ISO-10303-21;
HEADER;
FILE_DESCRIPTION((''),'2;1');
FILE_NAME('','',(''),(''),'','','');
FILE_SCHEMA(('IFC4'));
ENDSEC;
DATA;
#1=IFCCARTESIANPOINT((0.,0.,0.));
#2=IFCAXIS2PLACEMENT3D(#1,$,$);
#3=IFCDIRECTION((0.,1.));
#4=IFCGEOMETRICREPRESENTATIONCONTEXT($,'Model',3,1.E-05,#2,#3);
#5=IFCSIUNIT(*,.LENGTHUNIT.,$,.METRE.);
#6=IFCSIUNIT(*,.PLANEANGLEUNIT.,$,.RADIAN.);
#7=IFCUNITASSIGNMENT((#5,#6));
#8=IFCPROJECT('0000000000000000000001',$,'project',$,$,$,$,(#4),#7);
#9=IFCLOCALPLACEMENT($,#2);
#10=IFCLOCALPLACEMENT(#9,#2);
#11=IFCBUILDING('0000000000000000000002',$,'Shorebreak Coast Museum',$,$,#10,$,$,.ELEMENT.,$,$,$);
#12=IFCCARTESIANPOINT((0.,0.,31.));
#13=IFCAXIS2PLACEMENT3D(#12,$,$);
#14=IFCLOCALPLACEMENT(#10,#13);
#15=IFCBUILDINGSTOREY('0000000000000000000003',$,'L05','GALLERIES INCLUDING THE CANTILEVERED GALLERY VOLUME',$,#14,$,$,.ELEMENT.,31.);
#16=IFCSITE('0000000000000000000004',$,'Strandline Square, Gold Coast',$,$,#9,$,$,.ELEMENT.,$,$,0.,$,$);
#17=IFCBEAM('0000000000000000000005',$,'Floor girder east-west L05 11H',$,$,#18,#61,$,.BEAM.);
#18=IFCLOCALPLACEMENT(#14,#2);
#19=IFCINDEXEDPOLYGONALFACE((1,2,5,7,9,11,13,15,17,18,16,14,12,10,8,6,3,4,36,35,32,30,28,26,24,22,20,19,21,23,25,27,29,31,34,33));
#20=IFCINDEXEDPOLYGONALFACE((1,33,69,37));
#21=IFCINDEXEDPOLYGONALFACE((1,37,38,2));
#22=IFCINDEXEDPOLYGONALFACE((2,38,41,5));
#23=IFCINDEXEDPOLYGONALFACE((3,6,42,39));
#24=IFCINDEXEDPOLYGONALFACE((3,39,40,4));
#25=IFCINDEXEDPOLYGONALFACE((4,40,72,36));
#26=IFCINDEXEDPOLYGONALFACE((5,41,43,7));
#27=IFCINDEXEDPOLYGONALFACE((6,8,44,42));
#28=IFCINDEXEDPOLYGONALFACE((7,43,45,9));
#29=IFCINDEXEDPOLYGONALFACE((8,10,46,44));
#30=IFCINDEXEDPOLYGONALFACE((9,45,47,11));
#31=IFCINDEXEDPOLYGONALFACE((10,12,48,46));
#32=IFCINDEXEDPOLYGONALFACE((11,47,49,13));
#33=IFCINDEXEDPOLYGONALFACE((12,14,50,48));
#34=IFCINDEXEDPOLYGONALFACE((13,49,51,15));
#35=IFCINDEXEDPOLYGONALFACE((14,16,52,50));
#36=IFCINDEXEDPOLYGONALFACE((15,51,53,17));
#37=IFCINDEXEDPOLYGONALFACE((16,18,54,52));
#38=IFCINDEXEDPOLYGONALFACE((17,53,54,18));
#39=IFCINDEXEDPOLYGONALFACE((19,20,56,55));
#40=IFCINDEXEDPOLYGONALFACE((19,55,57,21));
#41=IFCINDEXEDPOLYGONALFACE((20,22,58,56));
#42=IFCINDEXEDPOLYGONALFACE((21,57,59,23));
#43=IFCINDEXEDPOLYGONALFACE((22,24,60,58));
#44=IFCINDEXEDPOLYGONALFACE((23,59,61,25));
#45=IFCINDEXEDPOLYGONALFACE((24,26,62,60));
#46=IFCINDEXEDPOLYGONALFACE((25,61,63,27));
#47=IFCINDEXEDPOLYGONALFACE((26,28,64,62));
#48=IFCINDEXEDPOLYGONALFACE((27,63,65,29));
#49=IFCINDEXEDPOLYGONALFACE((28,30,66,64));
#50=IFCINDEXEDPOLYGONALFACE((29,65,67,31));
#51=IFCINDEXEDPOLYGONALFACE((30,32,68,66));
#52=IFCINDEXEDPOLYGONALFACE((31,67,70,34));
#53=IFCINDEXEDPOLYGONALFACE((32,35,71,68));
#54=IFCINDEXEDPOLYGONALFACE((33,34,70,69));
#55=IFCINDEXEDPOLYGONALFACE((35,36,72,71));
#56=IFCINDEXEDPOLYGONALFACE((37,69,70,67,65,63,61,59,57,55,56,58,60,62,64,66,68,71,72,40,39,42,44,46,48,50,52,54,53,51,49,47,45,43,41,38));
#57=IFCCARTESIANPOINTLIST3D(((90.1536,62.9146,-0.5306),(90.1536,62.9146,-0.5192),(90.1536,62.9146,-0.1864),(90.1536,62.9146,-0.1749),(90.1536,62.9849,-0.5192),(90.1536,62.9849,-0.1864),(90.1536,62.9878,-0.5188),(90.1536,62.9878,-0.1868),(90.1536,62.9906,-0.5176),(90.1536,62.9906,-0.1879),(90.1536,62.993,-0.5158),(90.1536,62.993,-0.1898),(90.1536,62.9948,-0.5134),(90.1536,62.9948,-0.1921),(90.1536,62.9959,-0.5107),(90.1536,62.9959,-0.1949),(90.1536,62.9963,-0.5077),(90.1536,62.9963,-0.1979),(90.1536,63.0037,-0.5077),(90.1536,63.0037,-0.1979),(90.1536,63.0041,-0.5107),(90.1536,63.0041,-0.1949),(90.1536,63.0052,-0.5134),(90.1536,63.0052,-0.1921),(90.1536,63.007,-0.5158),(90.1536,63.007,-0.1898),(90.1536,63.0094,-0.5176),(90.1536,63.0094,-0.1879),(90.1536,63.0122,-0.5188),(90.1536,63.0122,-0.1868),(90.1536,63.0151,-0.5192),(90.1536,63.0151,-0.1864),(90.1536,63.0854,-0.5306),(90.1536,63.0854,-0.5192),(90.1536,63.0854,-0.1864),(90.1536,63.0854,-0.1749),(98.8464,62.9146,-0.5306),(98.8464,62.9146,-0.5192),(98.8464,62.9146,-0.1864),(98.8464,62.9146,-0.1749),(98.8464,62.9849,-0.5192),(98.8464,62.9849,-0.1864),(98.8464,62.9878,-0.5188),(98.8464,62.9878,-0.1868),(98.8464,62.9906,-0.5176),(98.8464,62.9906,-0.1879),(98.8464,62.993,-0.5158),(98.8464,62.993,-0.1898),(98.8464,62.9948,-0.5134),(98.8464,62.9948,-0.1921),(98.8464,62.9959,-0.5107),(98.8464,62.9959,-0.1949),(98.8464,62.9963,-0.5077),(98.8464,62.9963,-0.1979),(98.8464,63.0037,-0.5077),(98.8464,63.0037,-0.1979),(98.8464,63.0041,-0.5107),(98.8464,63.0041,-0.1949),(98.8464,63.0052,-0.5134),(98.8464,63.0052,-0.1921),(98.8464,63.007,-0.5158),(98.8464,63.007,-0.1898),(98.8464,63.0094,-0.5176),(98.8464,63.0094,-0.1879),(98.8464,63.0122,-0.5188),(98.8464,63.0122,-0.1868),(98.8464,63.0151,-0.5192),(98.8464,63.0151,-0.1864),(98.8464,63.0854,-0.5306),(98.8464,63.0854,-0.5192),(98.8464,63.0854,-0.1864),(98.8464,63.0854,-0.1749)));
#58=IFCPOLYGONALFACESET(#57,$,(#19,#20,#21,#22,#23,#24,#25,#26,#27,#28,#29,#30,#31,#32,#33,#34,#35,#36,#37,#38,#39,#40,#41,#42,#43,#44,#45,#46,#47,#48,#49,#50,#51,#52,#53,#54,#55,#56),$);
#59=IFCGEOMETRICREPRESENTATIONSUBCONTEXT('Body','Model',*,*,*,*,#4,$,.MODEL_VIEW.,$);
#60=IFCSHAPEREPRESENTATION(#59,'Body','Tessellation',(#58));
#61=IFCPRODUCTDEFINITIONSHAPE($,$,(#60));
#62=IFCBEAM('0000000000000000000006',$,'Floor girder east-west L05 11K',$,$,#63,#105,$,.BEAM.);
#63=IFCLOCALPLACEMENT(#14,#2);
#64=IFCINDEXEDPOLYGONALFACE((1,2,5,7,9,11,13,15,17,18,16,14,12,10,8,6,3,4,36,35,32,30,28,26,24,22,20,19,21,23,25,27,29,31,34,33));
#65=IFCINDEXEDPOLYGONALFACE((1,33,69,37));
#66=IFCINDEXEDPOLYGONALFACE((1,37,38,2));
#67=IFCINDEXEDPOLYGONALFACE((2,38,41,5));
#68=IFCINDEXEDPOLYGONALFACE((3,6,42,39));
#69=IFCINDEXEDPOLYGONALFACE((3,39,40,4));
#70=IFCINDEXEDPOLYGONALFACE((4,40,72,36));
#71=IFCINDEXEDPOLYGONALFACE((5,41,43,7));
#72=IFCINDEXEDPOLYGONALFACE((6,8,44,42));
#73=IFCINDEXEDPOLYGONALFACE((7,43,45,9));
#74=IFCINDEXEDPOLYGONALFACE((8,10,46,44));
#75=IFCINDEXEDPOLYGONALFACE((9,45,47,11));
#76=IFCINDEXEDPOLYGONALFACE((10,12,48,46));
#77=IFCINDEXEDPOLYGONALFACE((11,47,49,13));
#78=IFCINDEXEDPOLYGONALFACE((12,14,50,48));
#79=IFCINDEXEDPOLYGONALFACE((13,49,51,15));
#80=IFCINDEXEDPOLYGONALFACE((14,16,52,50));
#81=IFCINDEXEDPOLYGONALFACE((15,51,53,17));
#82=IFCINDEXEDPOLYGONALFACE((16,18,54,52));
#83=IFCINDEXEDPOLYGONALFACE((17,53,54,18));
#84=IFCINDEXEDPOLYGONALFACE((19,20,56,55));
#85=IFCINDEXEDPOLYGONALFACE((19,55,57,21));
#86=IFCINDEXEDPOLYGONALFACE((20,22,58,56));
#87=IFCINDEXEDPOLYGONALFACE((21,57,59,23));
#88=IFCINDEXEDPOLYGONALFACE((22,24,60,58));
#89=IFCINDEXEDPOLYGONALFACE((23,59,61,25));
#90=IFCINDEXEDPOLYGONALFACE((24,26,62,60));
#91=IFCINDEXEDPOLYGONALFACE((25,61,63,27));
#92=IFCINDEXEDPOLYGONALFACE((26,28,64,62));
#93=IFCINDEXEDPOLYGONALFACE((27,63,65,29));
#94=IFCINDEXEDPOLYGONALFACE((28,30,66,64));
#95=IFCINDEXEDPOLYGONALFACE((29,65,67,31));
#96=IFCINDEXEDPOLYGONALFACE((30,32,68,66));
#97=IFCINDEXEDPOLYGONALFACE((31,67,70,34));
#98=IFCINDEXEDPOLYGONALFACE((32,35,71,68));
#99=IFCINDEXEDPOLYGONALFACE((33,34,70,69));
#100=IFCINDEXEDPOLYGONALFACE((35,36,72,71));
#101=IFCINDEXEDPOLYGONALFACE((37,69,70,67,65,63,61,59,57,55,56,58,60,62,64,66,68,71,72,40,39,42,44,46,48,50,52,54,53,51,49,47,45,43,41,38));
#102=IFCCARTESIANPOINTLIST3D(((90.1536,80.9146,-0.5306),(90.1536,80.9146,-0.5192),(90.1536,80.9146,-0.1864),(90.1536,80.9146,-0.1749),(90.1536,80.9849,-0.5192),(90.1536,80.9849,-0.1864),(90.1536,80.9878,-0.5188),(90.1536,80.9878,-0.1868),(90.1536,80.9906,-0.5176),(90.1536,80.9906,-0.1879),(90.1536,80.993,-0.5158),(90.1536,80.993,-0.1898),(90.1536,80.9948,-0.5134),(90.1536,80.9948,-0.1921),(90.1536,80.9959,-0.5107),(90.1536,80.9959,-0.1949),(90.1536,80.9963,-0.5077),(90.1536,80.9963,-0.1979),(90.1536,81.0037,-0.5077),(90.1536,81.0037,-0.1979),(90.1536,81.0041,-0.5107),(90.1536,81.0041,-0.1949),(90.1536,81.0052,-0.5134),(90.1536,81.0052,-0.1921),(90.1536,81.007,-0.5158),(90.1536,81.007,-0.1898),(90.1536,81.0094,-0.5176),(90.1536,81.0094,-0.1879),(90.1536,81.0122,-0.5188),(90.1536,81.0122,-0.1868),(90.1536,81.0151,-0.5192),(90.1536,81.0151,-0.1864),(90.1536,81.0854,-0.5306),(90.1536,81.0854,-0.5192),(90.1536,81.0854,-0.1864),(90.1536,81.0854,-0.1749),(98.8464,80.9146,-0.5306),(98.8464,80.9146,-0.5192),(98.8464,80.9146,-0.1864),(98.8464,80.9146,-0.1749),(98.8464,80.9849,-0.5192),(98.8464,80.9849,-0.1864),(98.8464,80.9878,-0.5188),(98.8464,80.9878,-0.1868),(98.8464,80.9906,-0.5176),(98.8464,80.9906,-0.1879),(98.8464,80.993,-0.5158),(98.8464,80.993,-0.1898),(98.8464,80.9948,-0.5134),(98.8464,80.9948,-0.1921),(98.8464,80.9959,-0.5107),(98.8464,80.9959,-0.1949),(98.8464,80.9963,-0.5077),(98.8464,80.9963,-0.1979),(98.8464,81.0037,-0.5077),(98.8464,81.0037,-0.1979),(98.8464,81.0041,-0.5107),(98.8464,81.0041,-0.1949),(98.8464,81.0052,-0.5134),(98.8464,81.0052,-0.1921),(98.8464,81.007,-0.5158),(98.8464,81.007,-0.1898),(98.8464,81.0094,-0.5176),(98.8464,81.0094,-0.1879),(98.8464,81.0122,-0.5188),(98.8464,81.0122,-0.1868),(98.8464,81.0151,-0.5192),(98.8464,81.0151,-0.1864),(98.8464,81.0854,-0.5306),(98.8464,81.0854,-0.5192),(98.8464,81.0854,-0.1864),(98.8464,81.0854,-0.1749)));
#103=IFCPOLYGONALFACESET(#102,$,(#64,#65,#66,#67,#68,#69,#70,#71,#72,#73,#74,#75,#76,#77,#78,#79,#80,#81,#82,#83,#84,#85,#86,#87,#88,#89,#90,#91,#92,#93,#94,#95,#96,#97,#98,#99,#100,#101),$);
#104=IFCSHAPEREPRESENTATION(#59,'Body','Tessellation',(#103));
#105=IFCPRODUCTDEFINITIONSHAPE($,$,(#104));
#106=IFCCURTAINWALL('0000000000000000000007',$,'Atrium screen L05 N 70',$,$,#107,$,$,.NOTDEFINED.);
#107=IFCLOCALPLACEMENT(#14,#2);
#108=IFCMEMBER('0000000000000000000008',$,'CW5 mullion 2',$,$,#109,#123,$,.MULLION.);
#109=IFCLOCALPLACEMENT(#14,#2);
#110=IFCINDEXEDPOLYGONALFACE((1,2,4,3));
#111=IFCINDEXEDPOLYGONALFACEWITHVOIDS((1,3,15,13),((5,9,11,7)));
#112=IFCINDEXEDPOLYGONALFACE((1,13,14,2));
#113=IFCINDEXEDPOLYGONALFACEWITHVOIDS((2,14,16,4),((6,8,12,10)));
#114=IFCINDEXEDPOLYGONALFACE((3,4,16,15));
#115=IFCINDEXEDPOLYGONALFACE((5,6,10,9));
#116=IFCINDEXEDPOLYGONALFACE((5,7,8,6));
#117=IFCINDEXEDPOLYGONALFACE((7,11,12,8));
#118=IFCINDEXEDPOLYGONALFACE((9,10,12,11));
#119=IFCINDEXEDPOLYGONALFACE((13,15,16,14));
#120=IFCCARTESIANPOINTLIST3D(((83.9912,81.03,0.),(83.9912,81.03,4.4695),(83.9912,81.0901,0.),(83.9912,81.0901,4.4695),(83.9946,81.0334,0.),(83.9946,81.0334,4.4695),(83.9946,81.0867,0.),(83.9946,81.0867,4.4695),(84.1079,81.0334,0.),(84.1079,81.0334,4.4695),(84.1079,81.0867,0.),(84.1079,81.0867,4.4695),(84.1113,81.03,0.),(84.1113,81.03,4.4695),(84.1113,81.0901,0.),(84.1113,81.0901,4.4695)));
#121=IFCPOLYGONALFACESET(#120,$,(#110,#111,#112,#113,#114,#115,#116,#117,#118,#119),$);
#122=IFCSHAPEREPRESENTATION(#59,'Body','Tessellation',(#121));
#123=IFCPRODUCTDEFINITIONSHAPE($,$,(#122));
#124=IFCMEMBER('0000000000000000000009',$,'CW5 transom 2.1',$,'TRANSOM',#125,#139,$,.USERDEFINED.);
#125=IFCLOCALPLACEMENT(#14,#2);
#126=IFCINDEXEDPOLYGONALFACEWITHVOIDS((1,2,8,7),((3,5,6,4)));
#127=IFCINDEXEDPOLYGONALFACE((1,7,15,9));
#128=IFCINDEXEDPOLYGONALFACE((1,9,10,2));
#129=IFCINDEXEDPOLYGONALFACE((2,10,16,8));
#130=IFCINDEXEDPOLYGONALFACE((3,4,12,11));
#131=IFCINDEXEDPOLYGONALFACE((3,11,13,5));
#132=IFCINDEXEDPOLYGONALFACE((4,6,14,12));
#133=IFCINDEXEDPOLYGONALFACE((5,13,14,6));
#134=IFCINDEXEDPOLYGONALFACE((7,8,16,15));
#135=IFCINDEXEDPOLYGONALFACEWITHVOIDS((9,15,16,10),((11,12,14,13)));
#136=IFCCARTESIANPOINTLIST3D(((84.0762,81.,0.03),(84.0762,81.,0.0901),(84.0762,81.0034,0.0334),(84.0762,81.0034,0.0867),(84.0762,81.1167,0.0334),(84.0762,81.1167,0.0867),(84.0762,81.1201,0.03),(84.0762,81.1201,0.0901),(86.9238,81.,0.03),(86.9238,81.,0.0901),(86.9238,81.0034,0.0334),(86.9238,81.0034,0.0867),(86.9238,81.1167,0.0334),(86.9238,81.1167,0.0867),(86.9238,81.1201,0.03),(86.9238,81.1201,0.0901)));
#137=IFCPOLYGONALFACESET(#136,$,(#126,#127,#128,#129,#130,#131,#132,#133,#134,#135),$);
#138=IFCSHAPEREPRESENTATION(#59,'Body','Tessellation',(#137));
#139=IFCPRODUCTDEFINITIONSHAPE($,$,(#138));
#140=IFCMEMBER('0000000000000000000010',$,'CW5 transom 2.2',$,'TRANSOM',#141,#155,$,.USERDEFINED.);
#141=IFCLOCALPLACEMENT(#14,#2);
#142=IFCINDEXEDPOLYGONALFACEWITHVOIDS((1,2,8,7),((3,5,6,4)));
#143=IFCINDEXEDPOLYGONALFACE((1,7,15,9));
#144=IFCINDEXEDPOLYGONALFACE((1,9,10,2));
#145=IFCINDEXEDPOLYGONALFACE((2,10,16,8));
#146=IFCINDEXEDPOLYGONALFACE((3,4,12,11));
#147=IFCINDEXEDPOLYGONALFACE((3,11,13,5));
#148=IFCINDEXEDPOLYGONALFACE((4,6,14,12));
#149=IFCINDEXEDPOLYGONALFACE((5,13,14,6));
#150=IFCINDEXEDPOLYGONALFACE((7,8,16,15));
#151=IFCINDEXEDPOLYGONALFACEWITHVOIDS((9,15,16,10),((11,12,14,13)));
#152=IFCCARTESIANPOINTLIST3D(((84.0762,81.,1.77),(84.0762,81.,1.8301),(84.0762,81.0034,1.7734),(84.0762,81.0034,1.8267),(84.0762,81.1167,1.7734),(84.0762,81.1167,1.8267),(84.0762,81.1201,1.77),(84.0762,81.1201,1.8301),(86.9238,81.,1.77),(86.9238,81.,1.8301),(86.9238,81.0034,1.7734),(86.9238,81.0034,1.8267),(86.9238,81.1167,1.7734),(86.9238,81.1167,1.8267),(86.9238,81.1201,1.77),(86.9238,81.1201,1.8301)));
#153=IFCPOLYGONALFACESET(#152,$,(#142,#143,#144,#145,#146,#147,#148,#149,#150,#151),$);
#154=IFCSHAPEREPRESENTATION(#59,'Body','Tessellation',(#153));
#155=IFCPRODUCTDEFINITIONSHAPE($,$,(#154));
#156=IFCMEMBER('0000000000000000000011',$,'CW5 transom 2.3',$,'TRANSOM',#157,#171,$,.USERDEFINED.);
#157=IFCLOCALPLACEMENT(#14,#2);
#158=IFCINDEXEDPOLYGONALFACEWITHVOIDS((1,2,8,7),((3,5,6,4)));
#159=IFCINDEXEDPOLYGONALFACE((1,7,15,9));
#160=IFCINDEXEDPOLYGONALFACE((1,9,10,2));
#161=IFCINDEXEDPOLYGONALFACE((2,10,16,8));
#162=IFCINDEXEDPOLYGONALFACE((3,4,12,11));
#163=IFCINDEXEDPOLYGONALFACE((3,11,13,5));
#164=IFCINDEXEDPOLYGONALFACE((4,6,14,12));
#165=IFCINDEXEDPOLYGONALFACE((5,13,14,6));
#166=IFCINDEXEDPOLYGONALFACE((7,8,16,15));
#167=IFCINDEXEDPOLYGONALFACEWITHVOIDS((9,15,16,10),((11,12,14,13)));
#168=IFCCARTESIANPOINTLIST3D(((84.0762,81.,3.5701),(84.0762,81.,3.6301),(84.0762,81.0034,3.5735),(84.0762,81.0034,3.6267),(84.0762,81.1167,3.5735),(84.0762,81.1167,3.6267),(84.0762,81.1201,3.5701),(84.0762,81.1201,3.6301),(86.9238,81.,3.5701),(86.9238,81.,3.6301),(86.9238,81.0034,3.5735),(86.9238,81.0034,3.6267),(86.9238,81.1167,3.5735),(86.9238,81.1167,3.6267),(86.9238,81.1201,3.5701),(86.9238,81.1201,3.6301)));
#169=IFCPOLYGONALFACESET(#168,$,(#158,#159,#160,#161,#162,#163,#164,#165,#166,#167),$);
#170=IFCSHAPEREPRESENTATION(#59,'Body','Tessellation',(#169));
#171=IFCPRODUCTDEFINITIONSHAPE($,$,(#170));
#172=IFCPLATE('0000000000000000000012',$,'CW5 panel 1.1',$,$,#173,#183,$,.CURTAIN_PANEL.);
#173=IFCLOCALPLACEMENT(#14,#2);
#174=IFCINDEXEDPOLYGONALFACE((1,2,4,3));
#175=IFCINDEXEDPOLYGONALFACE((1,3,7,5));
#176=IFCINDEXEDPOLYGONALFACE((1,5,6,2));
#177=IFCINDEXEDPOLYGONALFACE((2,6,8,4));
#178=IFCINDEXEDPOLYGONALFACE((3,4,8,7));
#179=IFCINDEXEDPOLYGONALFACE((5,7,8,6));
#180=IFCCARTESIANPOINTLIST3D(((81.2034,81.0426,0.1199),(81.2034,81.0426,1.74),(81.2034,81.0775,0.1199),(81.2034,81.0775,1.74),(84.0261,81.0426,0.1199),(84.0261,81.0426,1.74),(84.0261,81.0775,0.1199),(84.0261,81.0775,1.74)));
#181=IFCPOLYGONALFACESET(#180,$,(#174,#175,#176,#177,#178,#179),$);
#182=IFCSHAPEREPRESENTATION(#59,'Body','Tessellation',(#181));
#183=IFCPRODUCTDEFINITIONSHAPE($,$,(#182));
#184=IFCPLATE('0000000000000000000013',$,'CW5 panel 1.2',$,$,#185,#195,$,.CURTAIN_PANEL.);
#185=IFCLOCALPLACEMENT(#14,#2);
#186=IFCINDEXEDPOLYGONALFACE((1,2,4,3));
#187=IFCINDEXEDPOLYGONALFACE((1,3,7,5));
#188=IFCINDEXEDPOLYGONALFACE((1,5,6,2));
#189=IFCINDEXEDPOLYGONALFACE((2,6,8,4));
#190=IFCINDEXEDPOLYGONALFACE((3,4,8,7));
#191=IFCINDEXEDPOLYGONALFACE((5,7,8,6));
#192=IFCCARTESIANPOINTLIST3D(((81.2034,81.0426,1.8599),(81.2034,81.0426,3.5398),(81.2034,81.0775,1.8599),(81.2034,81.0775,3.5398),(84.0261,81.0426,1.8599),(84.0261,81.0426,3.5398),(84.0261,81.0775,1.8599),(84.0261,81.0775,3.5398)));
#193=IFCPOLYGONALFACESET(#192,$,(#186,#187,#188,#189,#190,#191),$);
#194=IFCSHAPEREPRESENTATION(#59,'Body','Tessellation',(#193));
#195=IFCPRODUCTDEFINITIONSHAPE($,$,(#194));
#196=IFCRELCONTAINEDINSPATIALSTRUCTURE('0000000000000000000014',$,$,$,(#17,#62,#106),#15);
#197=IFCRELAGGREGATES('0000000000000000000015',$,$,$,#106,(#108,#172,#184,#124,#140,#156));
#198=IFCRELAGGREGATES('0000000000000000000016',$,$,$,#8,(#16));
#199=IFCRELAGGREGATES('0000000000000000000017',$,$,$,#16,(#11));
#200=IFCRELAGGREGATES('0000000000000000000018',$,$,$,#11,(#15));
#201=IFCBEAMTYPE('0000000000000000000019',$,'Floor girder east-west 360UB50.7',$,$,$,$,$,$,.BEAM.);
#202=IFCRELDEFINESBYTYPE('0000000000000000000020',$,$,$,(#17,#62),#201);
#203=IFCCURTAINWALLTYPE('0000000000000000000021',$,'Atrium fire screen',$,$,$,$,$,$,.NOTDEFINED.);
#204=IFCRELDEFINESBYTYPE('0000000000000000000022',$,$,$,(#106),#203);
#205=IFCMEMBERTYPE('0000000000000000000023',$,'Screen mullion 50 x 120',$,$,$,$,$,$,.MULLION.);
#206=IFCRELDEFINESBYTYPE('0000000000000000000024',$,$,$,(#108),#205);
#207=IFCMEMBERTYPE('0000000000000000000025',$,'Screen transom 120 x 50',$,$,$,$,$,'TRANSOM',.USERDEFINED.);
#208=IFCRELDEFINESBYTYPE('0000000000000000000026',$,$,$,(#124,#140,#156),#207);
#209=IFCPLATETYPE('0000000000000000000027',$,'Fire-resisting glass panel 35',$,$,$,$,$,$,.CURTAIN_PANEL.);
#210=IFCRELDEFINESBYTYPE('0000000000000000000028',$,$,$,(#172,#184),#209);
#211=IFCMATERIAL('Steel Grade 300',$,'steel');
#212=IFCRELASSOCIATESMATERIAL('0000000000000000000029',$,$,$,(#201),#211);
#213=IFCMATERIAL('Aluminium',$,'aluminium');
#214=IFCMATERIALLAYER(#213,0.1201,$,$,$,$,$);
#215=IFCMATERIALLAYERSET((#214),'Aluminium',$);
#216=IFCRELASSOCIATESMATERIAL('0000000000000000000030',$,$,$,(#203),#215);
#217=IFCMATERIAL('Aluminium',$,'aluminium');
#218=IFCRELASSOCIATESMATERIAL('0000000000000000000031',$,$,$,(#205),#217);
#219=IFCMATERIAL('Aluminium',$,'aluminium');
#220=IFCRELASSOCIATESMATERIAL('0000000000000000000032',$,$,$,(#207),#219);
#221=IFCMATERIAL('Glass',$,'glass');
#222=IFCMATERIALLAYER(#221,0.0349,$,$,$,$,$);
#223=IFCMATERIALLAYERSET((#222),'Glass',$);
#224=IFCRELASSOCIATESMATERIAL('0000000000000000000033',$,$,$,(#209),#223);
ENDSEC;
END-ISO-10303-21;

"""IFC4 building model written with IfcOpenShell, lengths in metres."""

from ifc_helpers import new_model, si_unit, direction, frame, origin, origin_2d, place, context, subcontext, project, spatial, rectangle, hollow_rectangle, i_section, extrude, material, layer, layer_set, material_profile, profile_set, type_object, element, aggregate, save


model = new_model("IFC4")

# Units and contexts
model_context = context("Model", 3, precision=1e-05, world=origin(), true_north=direction((0.0, 1.0)))
body_context = subcontext(model_context, "Body", "Model", "MODEL_VIEW")
ifc_project = project(units=[si_unit("LENGTHUNIT", "METRE"), si_unit("PLANEANGLEUNIT", "RADIAN")], contexts=[model_context])

# Site, building, storey
site_placement = place(None, origin())
site = spatial("IfcSite", under=ifc_project, at=site_placement, Name="Strandline Square, Gold Coast", CompositionType="ELEMENT", RefElevation=0.0)
building_placement = place(site_placement, origin())
building = spatial("IfcBuilding", under=site, at=building_placement, Name="Shorebreak Coast Museum", CompositionType="ELEMENT")
storey_placement = place(building_placement, frame((0.0, 0.0, 31.0)))
storey = spatial("IfcBuildingStorey", under=building, at=storey_placement, Name="L05", Description="GALLERIES INCLUDING THE CANTILEVERED GALLERY VOLUME", CompositionType="ELEMENT", Elevation=31.0)

# Beams
ifc_material_1 = material(Name="Steel Grade 300", Category="steel")
ifc_material_profile_1 = material_profile(ifc_material_1, i_section(OverallWidth=0.1709, OverallDepth=0.3557, WebThickness=0.0073, FlangeThickness=0.0115, FilletRadius=0.0115, at=origin_2d()), Name="360UB50.7")
ifc_profile_set_1 = profile_set([ifc_material_profile_1], Name="Steel Grade 300")
beam_type_1 = type_object("IfcBeamType", Name="Floor girder east-west 360UB50.7", PredefinedType="BEAM", material=ifc_profile_set_1)
for number, where, z_axis, x_axis, name in (
    (1, (90.1536, 63.0, -0.3528), (1.0, 0.0, 0.0), (0.0, 1.0, 0.0), "Floor girder east-west L05 11H"),
    (2, (90.1536, 81.0, -0.3528), (1.0, 0.0, 0.0), (0.0, 1.0, 0.0), "Floor girder east-west L05 11K"),
):
    element("IfcBeam", number, at=place(storey_placement, frame(where, z_axis=z_axis, x_axis=x_axis)), inside=storey, type_object=beam_type_1, Name=name, PredefinedType="BEAM", context=body_context, shape_type="SweptSolid", body=[
        extrude(i_section(OverallWidth=0.1709, OverallDepth=0.3557, WebThickness=0.0073, FlangeThickness=0.0115, FilletRadius=0.0115, at=origin_2d()), origin(), (0.0, 0.0, 1.0), 8.6929),
    ])

# Curtain wall, members, plates
ifc_material_2 = material(Name="Aluminium", Category="aluminium")
ifc_layer_1 = layer(ifc_material_2, 0.1201)
ifc_layer_set_1 = layer_set([ifc_layer_1], Name="Aluminium")
curtain_wall_type = type_object("IfcCurtainWallType", Name="Atrium fire screen", PredefinedType="NOTDEFINED", material=ifc_layer_set_1)
curtain_wall_placement = place(storey_placement, origin())
curtain_wall = element("IfcCurtainWall", 3, at=curtain_wall_placement, inside=storey, type_object=curtain_wall_type, Name="Atrium screen L05 N 70", PredefinedType="NOTDEFINED")
ifc_material_3 = material(Name="Aluminium", Category="aluminium")
ifc_material_profile_2 = material_profile(ifc_material_3, hollow_rectangle(XDim=0.0601, YDim=0.1201, WallThickness=0.0034, at=origin_2d()), Name="AL 120x60 RHS")
ifc_profile_set_2 = profile_set([ifc_material_profile_2], Name="Aluminium")
member_type_1 = type_object("IfcMemberType", Name="Screen mullion 50 x 120", PredefinedType="MULLION", material=ifc_profile_set_2)
member_1_placement = place(storey_placement, frame((84.0513, 81.0601, 0.0), z_axis=(0.0, 0.0, 1.0), x_axis=(0.0, 1.0, 0.0)))
member_1 = element("IfcMember", 4, at=member_1_placement, type_object=member_type_1, Name="CW5 mullion 2", PredefinedType="MULLION", context=body_context, shape_type="SweptSolid", body=[
    extrude(hollow_rectangle(XDim=0.0601, YDim=0.1201, WallThickness=0.0034, at=origin_2d()), origin(), (0.0, 0.0, 1.0), 4.4695),
])
ifc_material_4 = material(Name="Aluminium", Category="aluminium")
ifc_material_profile_3 = material_profile(ifc_material_4, hollow_rectangle(XDim=0.1201, YDim=0.0601, WallThickness=0.0034, at=origin_2d()), Name="AL 60x120 RHS")
ifc_profile_set_3 = profile_set([ifc_material_profile_3], Name="Aluminium")
member_type_2 = type_object("IfcMemberType", Name="Screen transom 120 x 50", ElementType="TRANSOM", PredefinedType="USERDEFINED", material=ifc_profile_set_3)
member_2_placement = place(storey_placement, frame((84.0762, 81.0601, 0.0601), z_axis=(1.0, 0.0, 0.0), x_axis=(0.0, 1.0, 0.0)))
member_2 = element("IfcMember", 5, at=member_2_placement, type_object=member_type_2, Name="CW5 transom 2.1", ObjectType="TRANSOM", PredefinedType="USERDEFINED", context=body_context, shape_type="SweptSolid", body=[
    extrude(hollow_rectangle(XDim=0.1201, YDim=0.0601, WallThickness=0.0034, at=origin_2d()), origin(), (0.0, 0.0, 1.0), 2.8477),
])
member_3_placement = place(storey_placement, frame((84.0762, 81.0601, 1.8), z_axis=(1.0, 0.0, 0.0), x_axis=(0.0, 1.0, 0.0)))
member_3 = element("IfcMember", 6, at=member_3_placement, type_object=member_type_2, Name="CW5 transom 2.2", ObjectType="TRANSOM", PredefinedType="USERDEFINED", context=body_context, shape_type="SweptSolid", body=[
    extrude(hollow_rectangle(XDim=0.1201, YDim=0.0601, WallThickness=0.0034, at=origin_2d()), origin(), (0.0, 0.0, 1.0), 2.8477),
])
member_4_placement = place(storey_placement, frame((84.0762, 81.0601, 3.6001), z_axis=(1.0, 0.0, 0.0), x_axis=(0.0, 1.0, 0.0)))
member_4 = element("IfcMember", 7, at=member_4_placement, type_object=member_type_2, Name="CW5 transom 2.3", ObjectType="TRANSOM", PredefinedType="USERDEFINED", context=body_context, shape_type="SweptSolid", body=[
    extrude(hollow_rectangle(XDim=0.1201, YDim=0.0601, WallThickness=0.0034, at=origin_2d()), origin(), (0.0, 0.0, 1.0), 2.8477),
])
ifc_material_5 = material(Name="Glass", Category="glass")
ifc_layer_2 = layer(ifc_material_5, 0.0349)
ifc_layer_set_2 = layer_set([ifc_layer_2], Name="Glass")
plate_type = type_object("IfcPlateType", Name="Fire-resisting glass panel 35", PredefinedType="CURTAIN_PANEL", material=ifc_layer_set_2)
plate_1_placement = place(storey_placement, frame((82.6147, 81.0601, 0.1199), z_axis=(0.0, 0.0, 1.0), x_axis=(1.0, 0.0, 0.0)))
plate_1 = element("IfcPlate", 8, at=plate_1_placement, type_object=plate_type, Name="CW5 panel 1.1", PredefinedType="CURTAIN_PANEL", context=body_context, shape_type="SweptSolid", body=[
    extrude(rectangle(XDim=2.8228, YDim=0.0349, at=origin_2d()), origin(), (0.0, 0.0, 1.0), 1.6201),
])
plate_2_placement = place(storey_placement, frame((82.6147, 81.0601, 1.8599), z_axis=(0.0, 0.0, 1.0), x_axis=(1.0, 0.0, 0.0)))
plate_2 = element("IfcPlate", 9, at=plate_2_placement, type_object=plate_type, Name="CW5 panel 1.2", PredefinedType="CURTAIN_PANEL", context=body_context, shape_type="SweptSolid", body=[
    extrude(rectangle(XDim=2.8228, YDim=0.0349, at=origin_2d()), origin(), (0.0, 0.0, 1.0), 1.6799),
])
aggregate(curtain_wall, [member_1, plate_1, plate_2, member_2, member_3, member_4])

save(model, "model.ifc")
